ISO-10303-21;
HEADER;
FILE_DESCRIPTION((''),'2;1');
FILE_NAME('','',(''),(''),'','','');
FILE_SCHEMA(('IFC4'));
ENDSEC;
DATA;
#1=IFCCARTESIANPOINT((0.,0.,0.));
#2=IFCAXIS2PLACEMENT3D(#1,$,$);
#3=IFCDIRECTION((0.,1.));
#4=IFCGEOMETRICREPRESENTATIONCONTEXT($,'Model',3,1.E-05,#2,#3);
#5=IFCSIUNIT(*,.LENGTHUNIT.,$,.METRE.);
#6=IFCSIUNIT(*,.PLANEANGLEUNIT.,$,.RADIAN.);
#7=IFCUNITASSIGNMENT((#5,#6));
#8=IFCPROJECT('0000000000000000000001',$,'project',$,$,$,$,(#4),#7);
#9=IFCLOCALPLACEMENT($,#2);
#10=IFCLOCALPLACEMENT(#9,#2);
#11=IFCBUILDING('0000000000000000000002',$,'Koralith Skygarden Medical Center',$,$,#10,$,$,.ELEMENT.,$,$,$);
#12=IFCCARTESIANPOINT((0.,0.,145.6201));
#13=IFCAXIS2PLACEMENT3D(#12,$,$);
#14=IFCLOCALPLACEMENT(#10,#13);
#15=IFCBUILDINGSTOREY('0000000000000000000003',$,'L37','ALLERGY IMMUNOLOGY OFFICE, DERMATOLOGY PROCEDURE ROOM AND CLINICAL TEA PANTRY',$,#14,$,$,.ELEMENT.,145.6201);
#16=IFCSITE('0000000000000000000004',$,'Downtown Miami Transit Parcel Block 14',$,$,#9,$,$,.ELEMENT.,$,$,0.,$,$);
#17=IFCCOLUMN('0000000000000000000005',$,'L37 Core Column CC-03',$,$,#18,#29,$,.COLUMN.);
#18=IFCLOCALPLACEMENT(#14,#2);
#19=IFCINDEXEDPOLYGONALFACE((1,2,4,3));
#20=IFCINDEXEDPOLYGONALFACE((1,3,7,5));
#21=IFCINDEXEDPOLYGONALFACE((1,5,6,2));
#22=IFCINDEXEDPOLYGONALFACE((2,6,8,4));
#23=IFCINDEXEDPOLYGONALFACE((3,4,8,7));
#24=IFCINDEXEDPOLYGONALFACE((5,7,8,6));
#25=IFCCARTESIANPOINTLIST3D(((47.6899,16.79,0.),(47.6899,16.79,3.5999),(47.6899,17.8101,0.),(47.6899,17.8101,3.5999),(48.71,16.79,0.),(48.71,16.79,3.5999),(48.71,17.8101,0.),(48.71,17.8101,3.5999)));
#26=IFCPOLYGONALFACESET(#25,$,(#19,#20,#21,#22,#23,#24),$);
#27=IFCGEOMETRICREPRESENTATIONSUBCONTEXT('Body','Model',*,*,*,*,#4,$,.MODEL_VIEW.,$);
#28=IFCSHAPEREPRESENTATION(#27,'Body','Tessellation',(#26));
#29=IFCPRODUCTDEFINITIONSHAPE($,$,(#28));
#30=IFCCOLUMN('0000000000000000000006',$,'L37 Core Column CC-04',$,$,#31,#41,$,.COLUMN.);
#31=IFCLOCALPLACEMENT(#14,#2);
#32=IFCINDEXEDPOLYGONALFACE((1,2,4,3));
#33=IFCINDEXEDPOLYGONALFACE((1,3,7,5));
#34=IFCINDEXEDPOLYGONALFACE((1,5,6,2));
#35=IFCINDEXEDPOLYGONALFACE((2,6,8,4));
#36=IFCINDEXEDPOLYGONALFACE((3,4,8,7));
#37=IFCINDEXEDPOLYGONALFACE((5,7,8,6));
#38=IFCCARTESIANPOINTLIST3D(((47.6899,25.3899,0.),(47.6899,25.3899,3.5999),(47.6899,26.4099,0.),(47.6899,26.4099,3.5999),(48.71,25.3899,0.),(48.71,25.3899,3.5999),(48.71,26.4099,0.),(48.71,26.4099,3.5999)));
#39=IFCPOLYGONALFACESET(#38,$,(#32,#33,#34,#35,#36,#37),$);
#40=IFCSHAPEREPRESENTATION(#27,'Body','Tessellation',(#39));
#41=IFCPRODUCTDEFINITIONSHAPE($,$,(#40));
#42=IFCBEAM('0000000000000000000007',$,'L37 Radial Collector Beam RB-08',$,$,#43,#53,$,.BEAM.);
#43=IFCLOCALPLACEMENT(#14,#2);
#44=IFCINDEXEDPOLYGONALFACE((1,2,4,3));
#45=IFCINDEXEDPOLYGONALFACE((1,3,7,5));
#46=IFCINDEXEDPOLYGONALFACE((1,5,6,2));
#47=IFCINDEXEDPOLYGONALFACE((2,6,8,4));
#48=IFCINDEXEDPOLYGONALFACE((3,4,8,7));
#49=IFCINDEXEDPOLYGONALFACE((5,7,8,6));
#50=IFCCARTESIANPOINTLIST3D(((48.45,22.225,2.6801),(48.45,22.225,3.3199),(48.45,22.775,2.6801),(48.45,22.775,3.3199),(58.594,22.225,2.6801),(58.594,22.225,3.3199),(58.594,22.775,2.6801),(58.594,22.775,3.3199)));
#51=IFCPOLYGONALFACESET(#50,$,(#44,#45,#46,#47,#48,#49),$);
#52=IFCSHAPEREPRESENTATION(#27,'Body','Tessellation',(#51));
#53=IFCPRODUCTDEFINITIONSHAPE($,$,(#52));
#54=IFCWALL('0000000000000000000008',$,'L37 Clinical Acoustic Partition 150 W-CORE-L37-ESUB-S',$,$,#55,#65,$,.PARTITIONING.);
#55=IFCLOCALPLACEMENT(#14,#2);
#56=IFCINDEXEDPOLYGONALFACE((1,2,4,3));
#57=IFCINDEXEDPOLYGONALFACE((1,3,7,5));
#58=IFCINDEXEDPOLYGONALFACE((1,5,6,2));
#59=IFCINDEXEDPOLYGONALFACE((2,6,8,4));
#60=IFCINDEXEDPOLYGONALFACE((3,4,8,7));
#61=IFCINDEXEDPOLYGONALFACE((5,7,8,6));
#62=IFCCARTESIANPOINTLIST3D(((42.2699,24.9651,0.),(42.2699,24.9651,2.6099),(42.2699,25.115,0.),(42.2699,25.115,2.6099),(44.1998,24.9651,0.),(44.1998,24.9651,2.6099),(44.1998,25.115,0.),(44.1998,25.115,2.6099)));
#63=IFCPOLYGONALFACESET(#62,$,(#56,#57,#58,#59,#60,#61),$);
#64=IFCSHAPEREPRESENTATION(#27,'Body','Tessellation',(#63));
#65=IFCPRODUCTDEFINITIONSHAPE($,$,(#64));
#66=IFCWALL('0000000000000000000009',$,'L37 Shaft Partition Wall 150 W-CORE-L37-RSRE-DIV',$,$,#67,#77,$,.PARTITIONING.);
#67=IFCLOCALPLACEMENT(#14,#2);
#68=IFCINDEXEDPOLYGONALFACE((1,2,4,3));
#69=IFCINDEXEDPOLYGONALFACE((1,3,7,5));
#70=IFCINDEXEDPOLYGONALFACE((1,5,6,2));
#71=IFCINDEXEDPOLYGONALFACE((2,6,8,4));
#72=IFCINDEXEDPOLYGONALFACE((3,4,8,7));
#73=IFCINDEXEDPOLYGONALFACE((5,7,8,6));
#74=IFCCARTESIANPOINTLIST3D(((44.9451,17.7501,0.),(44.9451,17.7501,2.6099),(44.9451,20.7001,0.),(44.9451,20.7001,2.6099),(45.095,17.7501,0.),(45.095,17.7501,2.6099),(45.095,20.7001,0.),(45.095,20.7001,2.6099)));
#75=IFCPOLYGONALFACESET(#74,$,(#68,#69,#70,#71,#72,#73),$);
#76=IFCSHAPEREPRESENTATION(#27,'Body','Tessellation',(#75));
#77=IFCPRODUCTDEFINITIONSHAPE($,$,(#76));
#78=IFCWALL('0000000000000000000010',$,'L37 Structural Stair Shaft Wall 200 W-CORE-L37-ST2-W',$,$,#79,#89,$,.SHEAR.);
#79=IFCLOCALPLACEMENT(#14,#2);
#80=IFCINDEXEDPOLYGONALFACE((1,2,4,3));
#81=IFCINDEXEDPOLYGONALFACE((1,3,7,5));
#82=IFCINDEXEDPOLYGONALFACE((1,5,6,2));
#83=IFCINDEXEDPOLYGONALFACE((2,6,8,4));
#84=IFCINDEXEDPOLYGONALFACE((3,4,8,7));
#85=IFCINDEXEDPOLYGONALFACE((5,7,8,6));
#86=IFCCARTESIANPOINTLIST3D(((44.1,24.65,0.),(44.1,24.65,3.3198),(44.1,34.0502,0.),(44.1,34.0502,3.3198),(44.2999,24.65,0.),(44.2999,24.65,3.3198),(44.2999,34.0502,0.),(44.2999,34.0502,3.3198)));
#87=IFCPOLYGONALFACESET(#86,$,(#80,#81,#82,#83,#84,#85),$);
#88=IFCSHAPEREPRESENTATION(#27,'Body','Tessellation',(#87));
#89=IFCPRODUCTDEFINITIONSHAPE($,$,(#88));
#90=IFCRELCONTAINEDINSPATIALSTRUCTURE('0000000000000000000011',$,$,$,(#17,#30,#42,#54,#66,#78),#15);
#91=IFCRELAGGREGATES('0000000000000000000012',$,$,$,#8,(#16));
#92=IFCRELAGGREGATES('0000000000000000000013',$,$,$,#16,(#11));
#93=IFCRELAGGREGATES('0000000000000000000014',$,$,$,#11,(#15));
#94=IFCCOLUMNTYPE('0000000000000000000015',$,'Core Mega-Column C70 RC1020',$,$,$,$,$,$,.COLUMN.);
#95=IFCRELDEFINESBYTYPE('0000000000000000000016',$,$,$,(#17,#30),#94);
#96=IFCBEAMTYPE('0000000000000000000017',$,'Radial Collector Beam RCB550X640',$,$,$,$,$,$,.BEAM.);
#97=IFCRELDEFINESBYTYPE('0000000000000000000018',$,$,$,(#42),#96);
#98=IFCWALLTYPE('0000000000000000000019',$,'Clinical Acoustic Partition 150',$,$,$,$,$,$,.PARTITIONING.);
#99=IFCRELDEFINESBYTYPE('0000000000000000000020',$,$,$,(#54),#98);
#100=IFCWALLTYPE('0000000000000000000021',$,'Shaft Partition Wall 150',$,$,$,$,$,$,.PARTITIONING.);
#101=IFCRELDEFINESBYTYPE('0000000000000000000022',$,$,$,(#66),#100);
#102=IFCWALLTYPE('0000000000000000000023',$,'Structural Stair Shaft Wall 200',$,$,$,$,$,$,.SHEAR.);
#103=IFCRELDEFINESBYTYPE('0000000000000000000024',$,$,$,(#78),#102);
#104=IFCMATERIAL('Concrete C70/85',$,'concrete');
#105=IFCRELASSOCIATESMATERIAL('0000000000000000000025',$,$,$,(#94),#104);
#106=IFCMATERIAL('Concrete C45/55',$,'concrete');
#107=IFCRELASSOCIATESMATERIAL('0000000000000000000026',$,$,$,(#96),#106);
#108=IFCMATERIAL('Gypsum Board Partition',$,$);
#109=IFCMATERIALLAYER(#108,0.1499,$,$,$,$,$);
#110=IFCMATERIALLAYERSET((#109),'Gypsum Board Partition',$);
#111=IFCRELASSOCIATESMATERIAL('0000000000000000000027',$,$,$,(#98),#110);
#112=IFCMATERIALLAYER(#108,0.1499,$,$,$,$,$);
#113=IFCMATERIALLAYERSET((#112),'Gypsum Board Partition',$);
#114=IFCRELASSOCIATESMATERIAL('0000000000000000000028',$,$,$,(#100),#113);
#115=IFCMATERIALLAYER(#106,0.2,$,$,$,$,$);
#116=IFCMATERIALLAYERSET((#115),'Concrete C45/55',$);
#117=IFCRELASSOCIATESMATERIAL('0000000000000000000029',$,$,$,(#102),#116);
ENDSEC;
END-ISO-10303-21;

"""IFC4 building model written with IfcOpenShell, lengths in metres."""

from ifc_helpers import new_model, si_unit, direction, frame, frame_2d, origin, origin_2d, place, context, subcontext, project, spatial, rectangle, extrude, material, layer, layer_set, material_profile, profile_set, type_object, element, save


model = new_model("IFC4")

# Units and contexts
model_context = context("Model", 3, precision=1e-05, world=origin(), true_north=direction((0.0, 1.0)))
body_context = subcontext(model_context, "Body", "Model", "MODEL_VIEW")
ifc_project = project(units=[si_unit("LENGTHUNIT", "METRE"), si_unit("PLANEANGLEUNIT", "RADIAN")], contexts=[model_context])

# Site, building, storey
site_placement = place(None, origin())
site = spatial("IfcSite", under=ifc_project, at=site_placement, Name="Downtown Miami Transit Parcel Block 14", CompositionType="ELEMENT", RefElevation=0.0)
building_placement = place(site_placement, origin())
building = spatial("IfcBuilding", under=site, at=building_placement, Name="Koralith Skygarden Medical Center", CompositionType="ELEMENT")
storey_placement = place(building_placement, frame((0.0, 0.0, 145.6201)))
storey = spatial("IfcBuildingStorey", under=building, at=storey_placement, Name="L37", Description="ALLERGY IMMUNOLOGY OFFICE, DERMATOLOGY PROCEDURE ROOM AND CLINICAL TEA PANTRY", CompositionType="ELEMENT", Elevation=145.6201)

# Columns
ifc_material_1 = material(Name="Concrete C70/85", Category="concrete")
ifc_material_profile_1 = material_profile(ifc_material_1, rectangle(XDim=1.02, YDim=1.02, at=origin_2d()), Name="RC1020X1020")
ifc_profile_set_1 = profile_set([ifc_material_profile_1], Name="Concrete C70/85")
column_type = type_object("IfcColumnType", Name="Core Mega-Column C70 RC1020", PredefinedType="COLUMN", material=ifc_profile_set_1)
for number, where, z_axis, x_axis, name in (
    (1, (48.2, 17.3, 0.0), (0.0, 0.0, 1.0), (1.0, 0.0, 0.0), "L37 Core Column CC-03"),
    (2, (48.2, 25.8999, 0.0), (0.0, 0.0, 1.0), (1.0, 0.0, 0.0), "L37 Core Column CC-04"),
):
    element("IfcColumn", number, at=place(storey_placement, frame(where, z_axis=z_axis, x_axis=x_axis)), inside=storey, type_object=column_type, Name=name, PredefinedType="COLUMN", context=body_context, shape_type="SweptSolid", body=[
        extrude(rectangle(XDim=1.02, YDim=1.02, at=origin_2d()), origin(), (0.0, 0.0, 1.0), 3.5999),
    ])

# Beam
ifc_material_2 = material(Name="Concrete C45/55", Category="concrete")
ifc_material_profile_2 = material_profile(ifc_material_2, rectangle(XDim=0.55, YDim=0.6399, at=origin_2d()), Name="RCB550X640")
ifc_profile_set_2 = profile_set([ifc_material_profile_2], Name="Concrete C45/55")
beam_type = type_object("IfcBeamType", Name="Radial Collector Beam RCB550X640", PredefinedType="BEAM", material=ifc_profile_set_2)
beam_placement = place(storey_placement, frame((48.45, 22.5, 3.0), z_axis=(1.0, 0.0, 0.0), x_axis=(0.0, 1.0, 0.0)))
element("IfcBeam", 3, at=beam_placement, inside=storey, type_object=beam_type, Name="L37 Radial Collector Beam RB-08", PredefinedType="BEAM", context=body_context, shape_type="SweptSolid", body=[
    extrude(rectangle(XDim=0.55, YDim=0.6399, at=origin_2d()), origin(), (0.0, 0.0, 1.0), 10.144),
])

# Wall
ifc_material_3 = material(Name="Gypsum Board Partition")
ifc_layer_1 = layer(ifc_material_3, 0.1499)
ifc_layer_set_1 = layer_set([ifc_layer_1], Name="Gypsum Board Partition")
wall_type_1 = type_object("IfcWallType", Name="Clinical Acoustic Partition 150", PredefinedType="PARTITIONING", material=ifc_layer_set_1)
wall_1_placement = place(storey_placement, frame((42.27, 25.04, 0.0), z_axis=(0.0, 0.0, 1.0), x_axis=(1.0, 0.0, 0.0)))
element("IfcWall", 4, at=wall_1_placement, inside=storey, type_object=wall_type_1, Name="L37 Clinical Acoustic Partition 150 W-CORE-L37-ESUB-S", PredefinedType="PARTITIONING", context=body_context, shape_type="SweptSolid", body=[
    extrude(rectangle(XDim=1.9299, YDim=0.1499, at=frame_2d((0.9648, 0.0))), origin(), (0.0, 0.0, 1.0), 2.6099),
])

# Walls
ifc_layer_2 = layer(ifc_material_3, 0.1499)
ifc_layer_set_2 = layer_set([ifc_layer_2], Name="Gypsum Board Partition")
wall_type_2 = type_object("IfcWallType", Name="Shaft Partition Wall 150", PredefinedType="PARTITIONING", material=ifc_layer_set_2)
wall_2_placement = place(storey_placement, frame((45.02, 17.75, 0.0), z_axis=(0.0, 0.0, 1.0), x_axis=(0.0, 1.0, 0.0)))
element("IfcWall", 5, at=wall_2_placement, inside=storey, type_object=wall_type_2, Name="L37 Shaft Partition Wall 150 W-CORE-L37-RSRE-DIV", PredefinedType="PARTITIONING", context=body_context, shape_type="SweptSolid", body=[
    extrude(rectangle(XDim=2.95, YDim=0.1499, at=frame_2d((1.4751, 0.0))), origin(), (0.0, 0.0, 1.0), 2.6099),
])
ifc_layer_3 = layer(ifc_material_2, 0.2)
ifc_layer_set_3 = layer_set([ifc_layer_3], Name="Concrete C45/55")
wall_type_3 = type_object("IfcWallType", Name="Structural Stair Shaft Wall 200", PredefinedType="SHEAR", material=ifc_layer_set_3)
wall_3_placement = place(storey_placement, frame((44.2, 24.6499, 0.0), z_axis=(0.0, 0.0, 1.0), x_axis=(0.0, 1.0, 0.0)))
element("IfcWall", 6, at=wall_3_placement, inside=storey, type_object=wall_type_3, Name="L37 Structural Stair Shaft Wall 200 W-CORE-L37-ST2-W", PredefinedType="SHEAR", context=body_context, shape_type="SweptSolid", body=[
    extrude(rectangle(XDim=9.4001, YDim=0.2, at=frame_2d((4.7002, 0.0))), origin(), (0.0, 0.0, 1.0), 3.3198),
])

save(model, "model.ifc")
